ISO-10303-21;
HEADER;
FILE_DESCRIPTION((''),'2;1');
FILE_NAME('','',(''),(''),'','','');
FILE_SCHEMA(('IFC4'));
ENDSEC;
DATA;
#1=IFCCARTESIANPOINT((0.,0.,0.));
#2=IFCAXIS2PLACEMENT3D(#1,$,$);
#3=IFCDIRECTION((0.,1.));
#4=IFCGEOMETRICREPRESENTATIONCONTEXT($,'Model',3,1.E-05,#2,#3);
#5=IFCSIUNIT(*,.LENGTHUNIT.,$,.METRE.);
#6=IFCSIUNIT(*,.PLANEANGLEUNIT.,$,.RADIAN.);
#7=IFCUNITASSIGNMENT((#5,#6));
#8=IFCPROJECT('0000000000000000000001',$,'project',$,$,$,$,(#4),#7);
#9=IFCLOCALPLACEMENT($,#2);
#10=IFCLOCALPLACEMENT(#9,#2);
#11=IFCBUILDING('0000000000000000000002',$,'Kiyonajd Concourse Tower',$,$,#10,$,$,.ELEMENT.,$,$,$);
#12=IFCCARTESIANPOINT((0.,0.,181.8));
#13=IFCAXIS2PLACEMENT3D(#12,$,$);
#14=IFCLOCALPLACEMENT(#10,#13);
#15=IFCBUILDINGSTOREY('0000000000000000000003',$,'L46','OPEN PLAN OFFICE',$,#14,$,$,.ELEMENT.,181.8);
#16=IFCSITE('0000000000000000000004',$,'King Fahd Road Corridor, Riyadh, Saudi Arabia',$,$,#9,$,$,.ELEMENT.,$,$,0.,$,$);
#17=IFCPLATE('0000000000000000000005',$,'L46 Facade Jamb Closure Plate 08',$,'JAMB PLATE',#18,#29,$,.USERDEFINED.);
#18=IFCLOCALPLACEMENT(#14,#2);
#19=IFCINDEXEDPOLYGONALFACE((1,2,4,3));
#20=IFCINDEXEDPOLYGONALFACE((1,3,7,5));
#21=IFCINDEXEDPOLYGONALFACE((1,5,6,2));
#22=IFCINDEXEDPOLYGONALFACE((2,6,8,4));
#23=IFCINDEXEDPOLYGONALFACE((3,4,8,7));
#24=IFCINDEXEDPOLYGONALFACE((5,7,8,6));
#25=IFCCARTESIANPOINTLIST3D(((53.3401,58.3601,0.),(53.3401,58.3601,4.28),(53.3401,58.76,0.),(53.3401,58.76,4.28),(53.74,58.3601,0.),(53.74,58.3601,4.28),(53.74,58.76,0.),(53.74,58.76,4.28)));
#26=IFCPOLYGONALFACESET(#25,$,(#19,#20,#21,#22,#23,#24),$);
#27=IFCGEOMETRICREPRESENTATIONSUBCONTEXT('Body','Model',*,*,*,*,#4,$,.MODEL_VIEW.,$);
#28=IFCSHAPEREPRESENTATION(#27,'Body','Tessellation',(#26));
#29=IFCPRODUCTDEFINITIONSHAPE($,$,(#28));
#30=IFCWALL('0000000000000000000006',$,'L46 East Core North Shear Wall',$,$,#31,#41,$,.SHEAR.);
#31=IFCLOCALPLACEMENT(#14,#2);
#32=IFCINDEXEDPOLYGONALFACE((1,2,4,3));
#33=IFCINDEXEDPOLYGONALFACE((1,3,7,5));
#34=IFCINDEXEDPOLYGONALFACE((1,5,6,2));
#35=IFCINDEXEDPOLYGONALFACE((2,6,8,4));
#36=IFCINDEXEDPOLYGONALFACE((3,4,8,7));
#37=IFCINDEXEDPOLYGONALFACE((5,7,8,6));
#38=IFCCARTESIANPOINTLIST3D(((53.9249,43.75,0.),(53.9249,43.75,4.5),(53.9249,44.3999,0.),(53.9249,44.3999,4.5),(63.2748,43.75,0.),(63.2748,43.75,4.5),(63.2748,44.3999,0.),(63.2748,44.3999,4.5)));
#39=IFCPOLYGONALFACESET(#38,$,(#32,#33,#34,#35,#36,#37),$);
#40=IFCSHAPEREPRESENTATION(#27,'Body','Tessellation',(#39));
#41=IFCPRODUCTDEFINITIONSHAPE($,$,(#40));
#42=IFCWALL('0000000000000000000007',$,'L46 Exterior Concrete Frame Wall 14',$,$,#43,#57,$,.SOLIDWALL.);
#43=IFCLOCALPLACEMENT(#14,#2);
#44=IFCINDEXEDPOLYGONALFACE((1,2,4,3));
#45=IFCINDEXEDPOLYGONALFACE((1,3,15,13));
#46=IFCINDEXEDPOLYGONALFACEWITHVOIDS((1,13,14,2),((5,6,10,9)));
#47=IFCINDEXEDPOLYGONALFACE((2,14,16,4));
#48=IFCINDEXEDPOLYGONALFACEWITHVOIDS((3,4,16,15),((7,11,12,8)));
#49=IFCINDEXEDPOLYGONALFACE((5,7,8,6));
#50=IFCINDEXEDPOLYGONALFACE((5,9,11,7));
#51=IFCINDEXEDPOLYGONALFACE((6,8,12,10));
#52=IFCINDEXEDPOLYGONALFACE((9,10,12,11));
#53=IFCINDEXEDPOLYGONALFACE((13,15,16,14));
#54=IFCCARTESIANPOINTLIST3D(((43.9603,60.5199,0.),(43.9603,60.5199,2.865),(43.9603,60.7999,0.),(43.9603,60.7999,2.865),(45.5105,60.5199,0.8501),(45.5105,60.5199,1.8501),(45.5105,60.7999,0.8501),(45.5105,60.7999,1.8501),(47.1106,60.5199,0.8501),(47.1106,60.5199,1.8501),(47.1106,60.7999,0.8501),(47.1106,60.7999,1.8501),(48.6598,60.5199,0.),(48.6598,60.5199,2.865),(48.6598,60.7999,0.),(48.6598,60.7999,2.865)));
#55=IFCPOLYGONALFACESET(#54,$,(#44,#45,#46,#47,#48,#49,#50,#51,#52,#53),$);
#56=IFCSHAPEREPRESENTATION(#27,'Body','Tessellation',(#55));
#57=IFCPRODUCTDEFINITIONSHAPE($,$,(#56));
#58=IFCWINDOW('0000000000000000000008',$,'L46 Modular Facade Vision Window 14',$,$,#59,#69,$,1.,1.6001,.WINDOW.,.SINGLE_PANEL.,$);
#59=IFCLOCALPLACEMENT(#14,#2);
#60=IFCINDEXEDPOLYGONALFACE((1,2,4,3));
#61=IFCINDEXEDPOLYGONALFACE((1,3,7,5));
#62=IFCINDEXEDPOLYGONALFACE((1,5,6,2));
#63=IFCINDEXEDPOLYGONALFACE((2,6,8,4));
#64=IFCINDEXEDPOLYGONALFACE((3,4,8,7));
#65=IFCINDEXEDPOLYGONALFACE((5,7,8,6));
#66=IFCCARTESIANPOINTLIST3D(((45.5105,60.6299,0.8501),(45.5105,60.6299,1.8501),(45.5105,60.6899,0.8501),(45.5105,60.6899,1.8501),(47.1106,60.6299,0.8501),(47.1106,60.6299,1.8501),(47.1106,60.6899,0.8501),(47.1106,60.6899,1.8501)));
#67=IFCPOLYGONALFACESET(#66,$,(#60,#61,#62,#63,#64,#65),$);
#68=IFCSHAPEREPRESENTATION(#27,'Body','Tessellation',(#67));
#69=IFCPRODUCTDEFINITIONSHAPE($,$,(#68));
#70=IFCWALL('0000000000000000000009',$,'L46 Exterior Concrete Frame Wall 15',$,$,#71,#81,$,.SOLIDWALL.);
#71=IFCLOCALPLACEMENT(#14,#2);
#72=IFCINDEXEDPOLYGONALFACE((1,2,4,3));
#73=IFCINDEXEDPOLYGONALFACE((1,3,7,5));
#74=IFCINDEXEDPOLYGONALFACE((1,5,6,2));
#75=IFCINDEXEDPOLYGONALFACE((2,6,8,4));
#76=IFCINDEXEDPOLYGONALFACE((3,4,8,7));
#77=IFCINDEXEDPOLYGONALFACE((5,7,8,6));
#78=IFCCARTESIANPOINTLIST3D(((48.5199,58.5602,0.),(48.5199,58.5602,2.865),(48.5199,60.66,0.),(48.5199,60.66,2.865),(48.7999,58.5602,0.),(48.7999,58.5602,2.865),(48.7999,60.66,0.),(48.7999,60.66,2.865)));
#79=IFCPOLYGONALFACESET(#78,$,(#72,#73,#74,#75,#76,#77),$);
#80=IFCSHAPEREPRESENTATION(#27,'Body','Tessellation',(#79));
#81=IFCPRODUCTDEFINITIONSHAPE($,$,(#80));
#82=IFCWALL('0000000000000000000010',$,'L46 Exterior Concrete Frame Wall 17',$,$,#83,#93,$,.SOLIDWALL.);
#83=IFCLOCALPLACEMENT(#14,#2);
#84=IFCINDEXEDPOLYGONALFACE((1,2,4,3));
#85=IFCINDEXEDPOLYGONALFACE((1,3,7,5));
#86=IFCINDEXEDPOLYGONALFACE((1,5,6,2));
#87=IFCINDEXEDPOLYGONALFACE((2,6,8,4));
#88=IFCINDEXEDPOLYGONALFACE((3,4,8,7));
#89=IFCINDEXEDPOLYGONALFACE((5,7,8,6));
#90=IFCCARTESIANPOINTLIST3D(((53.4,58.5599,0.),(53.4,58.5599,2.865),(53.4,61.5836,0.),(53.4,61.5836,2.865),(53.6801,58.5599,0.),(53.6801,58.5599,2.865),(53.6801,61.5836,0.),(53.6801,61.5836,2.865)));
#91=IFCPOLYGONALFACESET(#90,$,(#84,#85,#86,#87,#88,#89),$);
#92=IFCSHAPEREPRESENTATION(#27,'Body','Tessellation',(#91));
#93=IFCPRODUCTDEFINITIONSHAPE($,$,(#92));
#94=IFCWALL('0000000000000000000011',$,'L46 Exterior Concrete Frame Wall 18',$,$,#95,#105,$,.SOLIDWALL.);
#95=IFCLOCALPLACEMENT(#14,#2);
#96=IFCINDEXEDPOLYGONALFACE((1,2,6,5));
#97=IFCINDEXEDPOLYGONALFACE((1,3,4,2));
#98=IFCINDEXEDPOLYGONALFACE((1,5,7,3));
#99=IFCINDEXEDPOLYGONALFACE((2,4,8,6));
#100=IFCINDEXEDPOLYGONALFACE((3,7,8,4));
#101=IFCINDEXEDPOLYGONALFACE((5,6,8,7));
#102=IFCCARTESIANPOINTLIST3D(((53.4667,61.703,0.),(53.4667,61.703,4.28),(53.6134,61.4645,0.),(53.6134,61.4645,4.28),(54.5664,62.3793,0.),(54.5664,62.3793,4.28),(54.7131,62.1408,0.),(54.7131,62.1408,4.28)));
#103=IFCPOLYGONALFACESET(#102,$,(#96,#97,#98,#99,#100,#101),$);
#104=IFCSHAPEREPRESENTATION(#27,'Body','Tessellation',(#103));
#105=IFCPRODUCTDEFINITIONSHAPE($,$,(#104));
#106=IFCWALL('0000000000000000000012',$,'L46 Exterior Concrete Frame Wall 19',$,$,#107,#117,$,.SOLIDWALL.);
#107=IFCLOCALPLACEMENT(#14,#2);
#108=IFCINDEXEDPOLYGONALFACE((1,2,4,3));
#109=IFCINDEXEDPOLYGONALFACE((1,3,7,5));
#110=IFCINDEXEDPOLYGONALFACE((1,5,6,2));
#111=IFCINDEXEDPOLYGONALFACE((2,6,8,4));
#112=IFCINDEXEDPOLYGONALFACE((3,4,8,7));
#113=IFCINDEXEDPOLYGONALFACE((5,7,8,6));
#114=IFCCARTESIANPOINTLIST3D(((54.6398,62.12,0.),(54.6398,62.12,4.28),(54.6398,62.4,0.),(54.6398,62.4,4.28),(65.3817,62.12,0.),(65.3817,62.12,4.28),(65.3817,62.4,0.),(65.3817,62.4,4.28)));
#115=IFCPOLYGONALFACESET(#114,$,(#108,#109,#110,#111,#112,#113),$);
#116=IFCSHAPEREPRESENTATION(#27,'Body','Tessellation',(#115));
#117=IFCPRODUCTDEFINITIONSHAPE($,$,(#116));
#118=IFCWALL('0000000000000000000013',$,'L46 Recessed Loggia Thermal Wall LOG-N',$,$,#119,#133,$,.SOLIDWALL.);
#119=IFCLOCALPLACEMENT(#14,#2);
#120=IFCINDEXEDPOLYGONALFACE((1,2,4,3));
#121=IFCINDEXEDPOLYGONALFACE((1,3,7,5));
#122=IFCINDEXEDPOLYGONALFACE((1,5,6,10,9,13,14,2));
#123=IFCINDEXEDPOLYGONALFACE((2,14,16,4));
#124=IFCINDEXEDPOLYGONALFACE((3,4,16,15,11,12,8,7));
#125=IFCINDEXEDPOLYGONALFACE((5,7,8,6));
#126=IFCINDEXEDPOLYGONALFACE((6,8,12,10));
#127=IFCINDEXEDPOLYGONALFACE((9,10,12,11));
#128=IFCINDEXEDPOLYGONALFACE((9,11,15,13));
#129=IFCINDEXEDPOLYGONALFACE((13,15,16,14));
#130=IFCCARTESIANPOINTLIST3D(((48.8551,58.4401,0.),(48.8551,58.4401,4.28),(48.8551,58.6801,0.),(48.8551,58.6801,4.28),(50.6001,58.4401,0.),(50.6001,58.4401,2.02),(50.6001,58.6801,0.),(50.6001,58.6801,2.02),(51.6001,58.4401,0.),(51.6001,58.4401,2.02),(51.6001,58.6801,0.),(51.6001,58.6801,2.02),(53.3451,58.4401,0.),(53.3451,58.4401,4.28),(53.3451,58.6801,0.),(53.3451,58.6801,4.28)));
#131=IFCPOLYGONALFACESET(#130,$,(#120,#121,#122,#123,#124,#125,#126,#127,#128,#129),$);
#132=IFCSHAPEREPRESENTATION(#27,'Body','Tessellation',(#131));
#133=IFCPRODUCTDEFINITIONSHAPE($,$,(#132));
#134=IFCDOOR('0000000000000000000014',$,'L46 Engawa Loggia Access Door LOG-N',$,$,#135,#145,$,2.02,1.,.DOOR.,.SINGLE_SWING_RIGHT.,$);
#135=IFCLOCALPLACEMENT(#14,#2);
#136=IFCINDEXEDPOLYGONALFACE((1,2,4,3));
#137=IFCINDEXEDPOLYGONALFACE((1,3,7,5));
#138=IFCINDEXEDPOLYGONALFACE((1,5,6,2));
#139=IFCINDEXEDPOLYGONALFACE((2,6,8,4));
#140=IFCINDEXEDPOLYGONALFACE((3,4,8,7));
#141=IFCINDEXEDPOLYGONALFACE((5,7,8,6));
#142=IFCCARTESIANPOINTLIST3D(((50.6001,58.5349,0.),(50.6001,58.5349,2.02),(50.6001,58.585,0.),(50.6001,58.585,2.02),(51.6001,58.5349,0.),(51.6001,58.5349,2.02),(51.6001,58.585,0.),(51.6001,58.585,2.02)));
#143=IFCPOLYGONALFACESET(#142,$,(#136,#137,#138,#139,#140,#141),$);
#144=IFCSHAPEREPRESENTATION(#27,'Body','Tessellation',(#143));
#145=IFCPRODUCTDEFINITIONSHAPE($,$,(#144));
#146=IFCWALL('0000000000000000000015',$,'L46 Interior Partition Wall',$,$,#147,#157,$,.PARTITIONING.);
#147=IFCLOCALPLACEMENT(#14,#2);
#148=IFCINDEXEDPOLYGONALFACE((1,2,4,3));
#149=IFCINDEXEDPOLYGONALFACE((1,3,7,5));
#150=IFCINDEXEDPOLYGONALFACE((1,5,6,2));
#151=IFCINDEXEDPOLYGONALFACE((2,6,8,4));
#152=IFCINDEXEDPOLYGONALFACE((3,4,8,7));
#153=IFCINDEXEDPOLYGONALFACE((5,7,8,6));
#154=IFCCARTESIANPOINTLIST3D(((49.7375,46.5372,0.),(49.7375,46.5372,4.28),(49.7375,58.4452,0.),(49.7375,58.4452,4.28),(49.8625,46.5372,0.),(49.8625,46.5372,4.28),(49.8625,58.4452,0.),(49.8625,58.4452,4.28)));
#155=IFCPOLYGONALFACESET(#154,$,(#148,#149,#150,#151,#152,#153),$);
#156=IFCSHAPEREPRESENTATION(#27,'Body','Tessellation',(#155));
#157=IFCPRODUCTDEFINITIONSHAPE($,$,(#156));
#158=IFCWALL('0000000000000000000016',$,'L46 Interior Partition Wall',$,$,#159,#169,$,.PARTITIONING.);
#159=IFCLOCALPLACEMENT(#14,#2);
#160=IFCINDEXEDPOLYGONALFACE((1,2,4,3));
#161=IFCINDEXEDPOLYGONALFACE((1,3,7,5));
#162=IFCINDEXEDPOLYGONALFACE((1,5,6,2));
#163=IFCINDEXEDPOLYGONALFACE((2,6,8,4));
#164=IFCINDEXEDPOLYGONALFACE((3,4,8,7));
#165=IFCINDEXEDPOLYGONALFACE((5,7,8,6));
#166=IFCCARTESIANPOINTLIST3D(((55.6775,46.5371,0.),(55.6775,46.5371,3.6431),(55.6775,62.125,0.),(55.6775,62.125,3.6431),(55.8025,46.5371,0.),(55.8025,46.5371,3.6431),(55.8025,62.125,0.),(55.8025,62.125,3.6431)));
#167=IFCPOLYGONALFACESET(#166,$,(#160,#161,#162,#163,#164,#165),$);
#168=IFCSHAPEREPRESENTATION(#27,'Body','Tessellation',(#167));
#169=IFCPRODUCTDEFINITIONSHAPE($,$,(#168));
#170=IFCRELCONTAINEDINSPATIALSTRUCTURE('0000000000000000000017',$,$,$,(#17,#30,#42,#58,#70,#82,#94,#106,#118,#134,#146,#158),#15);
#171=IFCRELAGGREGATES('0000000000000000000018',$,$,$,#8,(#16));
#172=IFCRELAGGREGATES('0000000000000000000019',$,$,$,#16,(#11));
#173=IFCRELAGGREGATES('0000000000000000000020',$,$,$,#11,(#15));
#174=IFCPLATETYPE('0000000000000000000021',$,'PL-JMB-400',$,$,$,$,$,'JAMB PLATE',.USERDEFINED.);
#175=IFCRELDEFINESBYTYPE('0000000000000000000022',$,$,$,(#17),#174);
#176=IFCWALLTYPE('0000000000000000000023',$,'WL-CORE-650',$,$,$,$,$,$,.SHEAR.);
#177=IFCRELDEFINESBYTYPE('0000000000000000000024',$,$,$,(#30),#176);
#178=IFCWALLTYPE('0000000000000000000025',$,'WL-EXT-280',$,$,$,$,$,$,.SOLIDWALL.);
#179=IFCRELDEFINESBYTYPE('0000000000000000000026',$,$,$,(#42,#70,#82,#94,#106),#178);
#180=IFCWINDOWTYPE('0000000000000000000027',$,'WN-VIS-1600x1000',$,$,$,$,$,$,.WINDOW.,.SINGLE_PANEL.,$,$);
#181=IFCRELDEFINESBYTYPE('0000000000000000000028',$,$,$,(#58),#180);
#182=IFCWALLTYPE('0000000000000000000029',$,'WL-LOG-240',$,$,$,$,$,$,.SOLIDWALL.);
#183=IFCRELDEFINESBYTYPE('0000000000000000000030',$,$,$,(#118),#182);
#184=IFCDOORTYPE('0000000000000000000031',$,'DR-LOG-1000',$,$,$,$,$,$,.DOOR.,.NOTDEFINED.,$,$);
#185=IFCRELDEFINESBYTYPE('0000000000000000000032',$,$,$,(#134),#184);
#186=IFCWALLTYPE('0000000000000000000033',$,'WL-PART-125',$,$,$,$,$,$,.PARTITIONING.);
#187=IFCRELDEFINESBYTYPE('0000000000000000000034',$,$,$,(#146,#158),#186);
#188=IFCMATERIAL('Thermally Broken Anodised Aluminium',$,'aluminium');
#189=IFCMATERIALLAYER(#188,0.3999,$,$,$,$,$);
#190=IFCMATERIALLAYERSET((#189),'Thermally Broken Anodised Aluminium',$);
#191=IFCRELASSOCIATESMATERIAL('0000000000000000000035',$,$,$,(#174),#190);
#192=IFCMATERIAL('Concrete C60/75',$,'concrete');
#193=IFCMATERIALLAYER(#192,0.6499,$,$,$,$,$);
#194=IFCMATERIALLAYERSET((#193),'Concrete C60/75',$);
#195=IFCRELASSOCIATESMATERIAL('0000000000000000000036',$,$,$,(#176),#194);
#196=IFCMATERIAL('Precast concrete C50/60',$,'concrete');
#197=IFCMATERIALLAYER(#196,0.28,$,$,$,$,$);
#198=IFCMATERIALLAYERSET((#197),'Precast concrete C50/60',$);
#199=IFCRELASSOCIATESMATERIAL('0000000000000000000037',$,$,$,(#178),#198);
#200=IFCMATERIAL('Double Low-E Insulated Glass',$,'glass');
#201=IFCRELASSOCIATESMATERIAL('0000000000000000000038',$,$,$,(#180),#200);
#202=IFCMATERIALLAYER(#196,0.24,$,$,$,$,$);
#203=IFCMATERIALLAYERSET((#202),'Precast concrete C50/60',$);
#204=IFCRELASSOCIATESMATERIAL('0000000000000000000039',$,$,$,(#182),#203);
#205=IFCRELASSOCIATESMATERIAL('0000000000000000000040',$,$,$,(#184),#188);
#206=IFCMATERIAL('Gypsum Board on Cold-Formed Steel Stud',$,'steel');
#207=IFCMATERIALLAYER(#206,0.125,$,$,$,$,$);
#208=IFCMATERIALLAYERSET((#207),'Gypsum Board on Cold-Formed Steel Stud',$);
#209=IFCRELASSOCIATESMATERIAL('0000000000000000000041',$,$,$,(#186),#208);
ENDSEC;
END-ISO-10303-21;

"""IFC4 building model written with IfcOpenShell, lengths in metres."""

from ifc_helpers import new_model, si_unit, direction, frame, frame_2d, origin, origin_2d, place, context, subcontext, project, spatial, rectangle, extrude, material, layer, layer_set, type_object, element, fill, save


model = new_model("IFC4")

# Units and contexts
model_context = context("Model", 3, precision=1e-05, world=origin(), true_north=direction((0.0, 1.0)))
body_context = subcontext(model_context, "Body", "Model", "MODEL_VIEW")
ifc_project = project(units=[si_unit("LENGTHUNIT", "METRE"), si_unit("PLANEANGLEUNIT", "RADIAN")], contexts=[model_context])

# Site, building, storey
site_placement = place(None, origin())
site = spatial("IfcSite", under=ifc_project, at=site_placement, Name="King Fahd Road Corridor, Riyadh, Saudi Arabia", CompositionType="ELEMENT", RefElevation=0.0)
building_placement = place(site_placement, origin())
building = spatial("IfcBuilding", under=site, at=building_placement, Name="Kiyonajd Concourse Tower", CompositionType="ELEMENT")
storey_placement = place(building_placement, frame((0.0, 0.0, 181.8)))
storey = spatial("IfcBuildingStorey", under=building, at=storey_placement, Name="L46", Description="OPEN PLAN OFFICE", CompositionType="ELEMENT", Elevation=181.8)

# Plate
ifc_material_1 = material(Name="Thermally Broken Anodised Aluminium", Category="aluminium")
ifc_layer_1 = layer(ifc_material_1, 0.3999)
ifc_layer_set_1 = layer_set([ifc_layer_1], Name="Thermally Broken Anodised Aluminium")
plate_type_1 = type_object("IfcPlateType", Name="PL-JMB-400", ElementType="JAMB PLATE", PredefinedType="USERDEFINED", material=ifc_layer_set_1)
for number, where, z_axis, x_axis, name in (
    (1, (53.54, 58.5601, 0.0), (0.0, 0.0, 1.0), (1.0, 0.0, 0.0), "L46 Facade Jamb Closure Plate 08"),
):
    element("IfcPlate", number, at=place(storey_placement, frame(where, z_axis=z_axis, x_axis=x_axis)), inside=storey, type_object=plate_type_1, Name=name, ObjectType="JAMB PLATE", PredefinedType="USERDEFINED", context=body_context, shape_type="SweptSolid", body=[
        extrude(rectangle(XDim=0.3999, YDim=0.3999, at=origin_2d()), origin(), (0.0, 0.0, 1.0), 4.28),
    ])

# Wall
ifc_material_2 = material(Name="Concrete C60/75", Category="concrete")
ifc_layer_2 = layer(ifc_material_2, 0.6499)
ifc_layer_set_2 = layer_set([ifc_layer_2], Name="Concrete C60/75")
wall_type_1 = type_object("IfcWallType", Name="WL-CORE-650", PredefinedType="SHEAR", material=ifc_layer_set_2)
wall_1_placement = place(storey_placement, frame((53.925, 44.075, 0.0), z_axis=(0.0, 0.0, 1.0), x_axis=(1.0, 0.0, 0.0)))
element("IfcWall", 2, at=wall_1_placement, inside=storey, type_object=wall_type_1, Name="L46 East Core North Shear Wall", PredefinedType="SHEAR", context=body_context, shape_type="SweptSolid", body=[
    extrude(rectangle(XDim=9.3499, YDim=0.6499, at=frame_2d((4.6748, 0.0))), origin(), (0.0, 0.0, 1.0), 4.5),
])

# Wall, opening, window
ifc_material_3 = material(Name="Precast concrete C50/60", Category="concrete")
ifc_layer_3 = layer(ifc_material_3, 0.28)
ifc_layer_set_3 = layer_set([ifc_layer_3], Name="Precast concrete C50/60")
wall_type_2 = type_object("IfcWallType", Name="WL-EXT-280", PredefinedType="SOLIDWALL", material=ifc_layer_set_3)
wall_2_placement = place(storey_placement, frame((43.9604, 60.6599, 0.0), z_axis=(0.0, 0.0, 1.0), x_axis=(1.0, 0.0, 0.0)))
wall_2 = element("IfcWall", 3, at=wall_2_placement, inside=storey, type_object=wall_type_2, Name="L46 Exterior Concrete Frame Wall 14", PredefinedType="SOLIDWALL", context=body_context, shape_type="SweptSolid", body=[
    extrude(rectangle(XDim=4.6995, YDim=0.28, at=frame_2d((2.3496, 0.0))), origin(), (0.0, 0.0, 1.0), 2.865),
])
opening_1_placement = place(wall_2_placement, frame((1.55, 0.0, 0.8501)))
opening_1 = element("IfcOpeningElement", 4, at=opening_1_placement, cuts=wall_2, PredefinedType="OPENING", context=body_context, shape_type="SweptSolid", body=[
    extrude(rectangle(XDim=1.6001, YDim=1.0, at=frame_2d((0.8, 0.5))), frame((0.0, 0.1499, 0.0), z_axis=(0.0, -1.0, 0.0), x_axis=(1.0, 0.0, 0.0)), (0.0, 0.0, 1.0), 0.3),
])
ifc_material_4 = material(Name="Double Low-E Insulated Glass", Category="glass")
window_type = type_object("IfcWindowType", Name="WN-VIS-1600x1000", PartitioningType="SINGLE_PANEL", PredefinedType="WINDOW", material=ifc_material_4)
window_placement = place(opening_1_placement, origin())
window = element("IfcWindow", 5, at=window_placement, inside=storey, type_object=window_type, Name="L46 Modular Facade Vision Window 14", OverallHeight=1.0, OverallWidth=1.6001, PartitioningType="SINGLE_PANEL", PredefinedType="WINDOW", context=body_context, shape_type="SweptSolid", body=[
    extrude(rectangle(XDim=1.6001, YDim=1.0, at=frame_2d((0.8, 0.5))), frame((0.0, 0.03, 0.0), z_axis=(0.0, -1.0, 0.0), x_axis=(1.0, 0.0, 0.0)), (0.0, 0.0, 1.0), 0.0601),
])
fill(opening_1, window)

# Walls
wall_3_placement = place(storey_placement, frame((48.6599, 60.6599, 0.0), z_axis=(0.0, 0.0, 1.0), x_axis=(0.0, -1.0, 0.0)))
element("IfcWall", 6, at=wall_3_placement, inside=storey, type_object=wall_type_2, Name="L46 Exterior Concrete Frame Wall 15", PredefinedType="SOLIDWALL", context=body_context, shape_type="SweptSolid", body=[
    extrude(rectangle(XDim=2.0999, YDim=0.28, at=frame_2d((1.0498, 0.0))), origin(), (0.0, 0.0, 1.0), 2.865),
])
wall_4_placement = place(storey_placement, frame((53.54, 58.5601, 0.0), z_axis=(0.0, 0.0, 1.0), x_axis=(0.0, 1.0, 0.0)))
element("IfcWall", 7, at=wall_4_placement, inside=storey, type_object=wall_type_2, Name="L46 Exterior Concrete Frame Wall 17", PredefinedType="SOLIDWALL", context=body_context, shape_type="SweptSolid", body=[
    extrude(rectangle(XDim=3.0237, YDim=0.28, at=frame_2d((1.5117, 0.0))), origin(), (0.0, 0.0, 1.0), 2.865),
])
wall_5_placement = place(storey_placement, frame((53.54, 61.5837, 0.0), z_axis=(0.0, 0.0, 1.0), x_axis=(0.851801, 0.523865, 0.0)))
element("IfcWall", 8, at=wall_5_placement, inside=storey, type_object=wall_type_2, Name="L46 Exterior Concrete Frame Wall 18", PredefinedType="SOLIDWALL", context=body_context, shape_type="SweptSolid", body=[
    extrude(rectangle(XDim=1.291, YDim=0.28, at=frame_2d((0.6455, 0.0))), origin(), (0.0, 0.0, 1.0), 4.28),
])
wall_6_placement = place(storey_placement, frame((54.6396, 62.26, 0.0), z_axis=(0.0, 0.0, 1.0), x_axis=(1.0, 0.0, 0.0)))
element("IfcWall", 9, at=wall_6_placement, inside=storey, type_object=wall_type_2, Name="L46 Exterior Concrete Frame Wall 19", PredefinedType="SOLIDWALL", context=body_context, shape_type="SweptSolid", body=[
    extrude(rectangle(XDim=10.7419, YDim=0.28, at=frame_2d((5.3711, 0.0))), origin(), (0.0, 0.0, 1.0), 4.28),
])

# Wall, opening, door
ifc_layer_4 = layer(ifc_material_3, 0.24)
ifc_layer_set_4 = layer_set([ifc_layer_4], Name="Precast concrete C50/60")
wall_type_3 = type_object("IfcWallType", Name="WL-LOG-240", PredefinedType="SOLIDWALL", material=ifc_layer_set_4)
wall_7_placement = place(storey_placement, frame((48.855, 58.5601, 0.0), z_axis=(0.0, 0.0, 1.0), x_axis=(1.0, 0.0, 0.0)))
wall_7 = element("IfcWall", 10, at=wall_7_placement, inside=storey, type_object=wall_type_3, Name="L46 Recessed Loggia Thermal Wall LOG-N", PredefinedType="SOLIDWALL", context=body_context, shape_type="SweptSolid", body=[
    extrude(rectangle(XDim=4.49, YDim=0.24, at=frame_2d((2.2451, 0.0))), origin(), (0.0, 0.0, 1.0), 4.28),
])
opening_2_placement = place(wall_7_placement, frame((1.7451, 0.0, 0.0)))
opening_2 = element("IfcOpeningElement", 11, at=opening_2_placement, cuts=wall_7, PredefinedType="OPENING", context=body_context, shape_type="SweptSolid", body=[
    extrude(rectangle(XDim=1.0, YDim=2.02, at=frame_2d((0.5, 1.01))), frame((0.0, 0.1299, 0.0), z_axis=(0.0, -1.0, 0.0), x_axis=(1.0, 0.0, 0.0)), (0.0, 0.0, 1.0), 0.26),
])
door_type = type_object("IfcDoorType", Name="DR-LOG-1000", OperationType="NOTDEFINED", PredefinedType="DOOR", material=ifc_material_1)
door_placement = place(opening_2_placement, origin())
door = element("IfcDoor", 12, at=door_placement, inside=storey, type_object=door_type, Name="L46 Engawa Loggia Access Door LOG-N", OperationType="SINGLE_SWING_RIGHT", OverallHeight=2.02, OverallWidth=1.0, PredefinedType="DOOR", context=body_context, shape_type="SweptSolid", body=[
    extrude(rectangle(XDim=1.0, YDim=2.02, at=frame_2d((0.5, 1.01))), frame((0.0, 0.0249, 0.0), z_axis=(0.0, -1.0, 0.0), x_axis=(1.0, 0.0, 0.0)), (0.0, 0.0, 1.0), 0.05),
])
fill(opening_2, door)

# Walls
ifc_material_5 = material(Name="Gypsum Board on Cold-Formed Steel Stud", Category="steel")
ifc_layer_5 = layer(ifc_material_5, 0.125)
ifc_layer_set_5 = layer_set([ifc_layer_5], Name="Gypsum Board on Cold-Formed Steel Stud")
wall_type_4 = type_object("IfcWallType", Name="WL-PART-125", PredefinedType="PARTITIONING", material=ifc_layer_set_5)
wall_8_placement = place(storey_placement, frame((49.8, 46.5371, 0.0), z_axis=(0.0, 0.0, 1.0), x_axis=(0.0, 1.0, 0.0)))
element("IfcWall", 13, at=wall_8_placement, inside=storey, type_object=wall_type_4, Name="L46 Interior Partition Wall", PredefinedType="PARTITIONING", context=body_context, shape_type="SweptSolid", body=[
    extrude(rectangle(XDim=11.908, YDim=0.125, at=frame_2d((5.9541, 0.0))), origin(), (0.0, 0.0, 1.0), 4.28),
])
wall_9_placement = place(storey_placement, frame((55.74, 46.5371, 0.0), z_axis=(0.0, 0.0, 1.0), x_axis=(0.0, 1.0, 0.0)))
element("IfcWall", 14, at=wall_9_placement, inside=storey, type_object=wall_type_4, Name="L46 Interior Partition Wall", PredefinedType="PARTITIONING", context=body_context, shape_type="SweptSolid", body=[
    extrude(rectangle(XDim=15.5879, YDim=0.125, at=frame_2d((7.7939, 0.0))), origin(), (0.0, 0.0, 1.0), 3.6431),
])

save(model, "model.ifc")
